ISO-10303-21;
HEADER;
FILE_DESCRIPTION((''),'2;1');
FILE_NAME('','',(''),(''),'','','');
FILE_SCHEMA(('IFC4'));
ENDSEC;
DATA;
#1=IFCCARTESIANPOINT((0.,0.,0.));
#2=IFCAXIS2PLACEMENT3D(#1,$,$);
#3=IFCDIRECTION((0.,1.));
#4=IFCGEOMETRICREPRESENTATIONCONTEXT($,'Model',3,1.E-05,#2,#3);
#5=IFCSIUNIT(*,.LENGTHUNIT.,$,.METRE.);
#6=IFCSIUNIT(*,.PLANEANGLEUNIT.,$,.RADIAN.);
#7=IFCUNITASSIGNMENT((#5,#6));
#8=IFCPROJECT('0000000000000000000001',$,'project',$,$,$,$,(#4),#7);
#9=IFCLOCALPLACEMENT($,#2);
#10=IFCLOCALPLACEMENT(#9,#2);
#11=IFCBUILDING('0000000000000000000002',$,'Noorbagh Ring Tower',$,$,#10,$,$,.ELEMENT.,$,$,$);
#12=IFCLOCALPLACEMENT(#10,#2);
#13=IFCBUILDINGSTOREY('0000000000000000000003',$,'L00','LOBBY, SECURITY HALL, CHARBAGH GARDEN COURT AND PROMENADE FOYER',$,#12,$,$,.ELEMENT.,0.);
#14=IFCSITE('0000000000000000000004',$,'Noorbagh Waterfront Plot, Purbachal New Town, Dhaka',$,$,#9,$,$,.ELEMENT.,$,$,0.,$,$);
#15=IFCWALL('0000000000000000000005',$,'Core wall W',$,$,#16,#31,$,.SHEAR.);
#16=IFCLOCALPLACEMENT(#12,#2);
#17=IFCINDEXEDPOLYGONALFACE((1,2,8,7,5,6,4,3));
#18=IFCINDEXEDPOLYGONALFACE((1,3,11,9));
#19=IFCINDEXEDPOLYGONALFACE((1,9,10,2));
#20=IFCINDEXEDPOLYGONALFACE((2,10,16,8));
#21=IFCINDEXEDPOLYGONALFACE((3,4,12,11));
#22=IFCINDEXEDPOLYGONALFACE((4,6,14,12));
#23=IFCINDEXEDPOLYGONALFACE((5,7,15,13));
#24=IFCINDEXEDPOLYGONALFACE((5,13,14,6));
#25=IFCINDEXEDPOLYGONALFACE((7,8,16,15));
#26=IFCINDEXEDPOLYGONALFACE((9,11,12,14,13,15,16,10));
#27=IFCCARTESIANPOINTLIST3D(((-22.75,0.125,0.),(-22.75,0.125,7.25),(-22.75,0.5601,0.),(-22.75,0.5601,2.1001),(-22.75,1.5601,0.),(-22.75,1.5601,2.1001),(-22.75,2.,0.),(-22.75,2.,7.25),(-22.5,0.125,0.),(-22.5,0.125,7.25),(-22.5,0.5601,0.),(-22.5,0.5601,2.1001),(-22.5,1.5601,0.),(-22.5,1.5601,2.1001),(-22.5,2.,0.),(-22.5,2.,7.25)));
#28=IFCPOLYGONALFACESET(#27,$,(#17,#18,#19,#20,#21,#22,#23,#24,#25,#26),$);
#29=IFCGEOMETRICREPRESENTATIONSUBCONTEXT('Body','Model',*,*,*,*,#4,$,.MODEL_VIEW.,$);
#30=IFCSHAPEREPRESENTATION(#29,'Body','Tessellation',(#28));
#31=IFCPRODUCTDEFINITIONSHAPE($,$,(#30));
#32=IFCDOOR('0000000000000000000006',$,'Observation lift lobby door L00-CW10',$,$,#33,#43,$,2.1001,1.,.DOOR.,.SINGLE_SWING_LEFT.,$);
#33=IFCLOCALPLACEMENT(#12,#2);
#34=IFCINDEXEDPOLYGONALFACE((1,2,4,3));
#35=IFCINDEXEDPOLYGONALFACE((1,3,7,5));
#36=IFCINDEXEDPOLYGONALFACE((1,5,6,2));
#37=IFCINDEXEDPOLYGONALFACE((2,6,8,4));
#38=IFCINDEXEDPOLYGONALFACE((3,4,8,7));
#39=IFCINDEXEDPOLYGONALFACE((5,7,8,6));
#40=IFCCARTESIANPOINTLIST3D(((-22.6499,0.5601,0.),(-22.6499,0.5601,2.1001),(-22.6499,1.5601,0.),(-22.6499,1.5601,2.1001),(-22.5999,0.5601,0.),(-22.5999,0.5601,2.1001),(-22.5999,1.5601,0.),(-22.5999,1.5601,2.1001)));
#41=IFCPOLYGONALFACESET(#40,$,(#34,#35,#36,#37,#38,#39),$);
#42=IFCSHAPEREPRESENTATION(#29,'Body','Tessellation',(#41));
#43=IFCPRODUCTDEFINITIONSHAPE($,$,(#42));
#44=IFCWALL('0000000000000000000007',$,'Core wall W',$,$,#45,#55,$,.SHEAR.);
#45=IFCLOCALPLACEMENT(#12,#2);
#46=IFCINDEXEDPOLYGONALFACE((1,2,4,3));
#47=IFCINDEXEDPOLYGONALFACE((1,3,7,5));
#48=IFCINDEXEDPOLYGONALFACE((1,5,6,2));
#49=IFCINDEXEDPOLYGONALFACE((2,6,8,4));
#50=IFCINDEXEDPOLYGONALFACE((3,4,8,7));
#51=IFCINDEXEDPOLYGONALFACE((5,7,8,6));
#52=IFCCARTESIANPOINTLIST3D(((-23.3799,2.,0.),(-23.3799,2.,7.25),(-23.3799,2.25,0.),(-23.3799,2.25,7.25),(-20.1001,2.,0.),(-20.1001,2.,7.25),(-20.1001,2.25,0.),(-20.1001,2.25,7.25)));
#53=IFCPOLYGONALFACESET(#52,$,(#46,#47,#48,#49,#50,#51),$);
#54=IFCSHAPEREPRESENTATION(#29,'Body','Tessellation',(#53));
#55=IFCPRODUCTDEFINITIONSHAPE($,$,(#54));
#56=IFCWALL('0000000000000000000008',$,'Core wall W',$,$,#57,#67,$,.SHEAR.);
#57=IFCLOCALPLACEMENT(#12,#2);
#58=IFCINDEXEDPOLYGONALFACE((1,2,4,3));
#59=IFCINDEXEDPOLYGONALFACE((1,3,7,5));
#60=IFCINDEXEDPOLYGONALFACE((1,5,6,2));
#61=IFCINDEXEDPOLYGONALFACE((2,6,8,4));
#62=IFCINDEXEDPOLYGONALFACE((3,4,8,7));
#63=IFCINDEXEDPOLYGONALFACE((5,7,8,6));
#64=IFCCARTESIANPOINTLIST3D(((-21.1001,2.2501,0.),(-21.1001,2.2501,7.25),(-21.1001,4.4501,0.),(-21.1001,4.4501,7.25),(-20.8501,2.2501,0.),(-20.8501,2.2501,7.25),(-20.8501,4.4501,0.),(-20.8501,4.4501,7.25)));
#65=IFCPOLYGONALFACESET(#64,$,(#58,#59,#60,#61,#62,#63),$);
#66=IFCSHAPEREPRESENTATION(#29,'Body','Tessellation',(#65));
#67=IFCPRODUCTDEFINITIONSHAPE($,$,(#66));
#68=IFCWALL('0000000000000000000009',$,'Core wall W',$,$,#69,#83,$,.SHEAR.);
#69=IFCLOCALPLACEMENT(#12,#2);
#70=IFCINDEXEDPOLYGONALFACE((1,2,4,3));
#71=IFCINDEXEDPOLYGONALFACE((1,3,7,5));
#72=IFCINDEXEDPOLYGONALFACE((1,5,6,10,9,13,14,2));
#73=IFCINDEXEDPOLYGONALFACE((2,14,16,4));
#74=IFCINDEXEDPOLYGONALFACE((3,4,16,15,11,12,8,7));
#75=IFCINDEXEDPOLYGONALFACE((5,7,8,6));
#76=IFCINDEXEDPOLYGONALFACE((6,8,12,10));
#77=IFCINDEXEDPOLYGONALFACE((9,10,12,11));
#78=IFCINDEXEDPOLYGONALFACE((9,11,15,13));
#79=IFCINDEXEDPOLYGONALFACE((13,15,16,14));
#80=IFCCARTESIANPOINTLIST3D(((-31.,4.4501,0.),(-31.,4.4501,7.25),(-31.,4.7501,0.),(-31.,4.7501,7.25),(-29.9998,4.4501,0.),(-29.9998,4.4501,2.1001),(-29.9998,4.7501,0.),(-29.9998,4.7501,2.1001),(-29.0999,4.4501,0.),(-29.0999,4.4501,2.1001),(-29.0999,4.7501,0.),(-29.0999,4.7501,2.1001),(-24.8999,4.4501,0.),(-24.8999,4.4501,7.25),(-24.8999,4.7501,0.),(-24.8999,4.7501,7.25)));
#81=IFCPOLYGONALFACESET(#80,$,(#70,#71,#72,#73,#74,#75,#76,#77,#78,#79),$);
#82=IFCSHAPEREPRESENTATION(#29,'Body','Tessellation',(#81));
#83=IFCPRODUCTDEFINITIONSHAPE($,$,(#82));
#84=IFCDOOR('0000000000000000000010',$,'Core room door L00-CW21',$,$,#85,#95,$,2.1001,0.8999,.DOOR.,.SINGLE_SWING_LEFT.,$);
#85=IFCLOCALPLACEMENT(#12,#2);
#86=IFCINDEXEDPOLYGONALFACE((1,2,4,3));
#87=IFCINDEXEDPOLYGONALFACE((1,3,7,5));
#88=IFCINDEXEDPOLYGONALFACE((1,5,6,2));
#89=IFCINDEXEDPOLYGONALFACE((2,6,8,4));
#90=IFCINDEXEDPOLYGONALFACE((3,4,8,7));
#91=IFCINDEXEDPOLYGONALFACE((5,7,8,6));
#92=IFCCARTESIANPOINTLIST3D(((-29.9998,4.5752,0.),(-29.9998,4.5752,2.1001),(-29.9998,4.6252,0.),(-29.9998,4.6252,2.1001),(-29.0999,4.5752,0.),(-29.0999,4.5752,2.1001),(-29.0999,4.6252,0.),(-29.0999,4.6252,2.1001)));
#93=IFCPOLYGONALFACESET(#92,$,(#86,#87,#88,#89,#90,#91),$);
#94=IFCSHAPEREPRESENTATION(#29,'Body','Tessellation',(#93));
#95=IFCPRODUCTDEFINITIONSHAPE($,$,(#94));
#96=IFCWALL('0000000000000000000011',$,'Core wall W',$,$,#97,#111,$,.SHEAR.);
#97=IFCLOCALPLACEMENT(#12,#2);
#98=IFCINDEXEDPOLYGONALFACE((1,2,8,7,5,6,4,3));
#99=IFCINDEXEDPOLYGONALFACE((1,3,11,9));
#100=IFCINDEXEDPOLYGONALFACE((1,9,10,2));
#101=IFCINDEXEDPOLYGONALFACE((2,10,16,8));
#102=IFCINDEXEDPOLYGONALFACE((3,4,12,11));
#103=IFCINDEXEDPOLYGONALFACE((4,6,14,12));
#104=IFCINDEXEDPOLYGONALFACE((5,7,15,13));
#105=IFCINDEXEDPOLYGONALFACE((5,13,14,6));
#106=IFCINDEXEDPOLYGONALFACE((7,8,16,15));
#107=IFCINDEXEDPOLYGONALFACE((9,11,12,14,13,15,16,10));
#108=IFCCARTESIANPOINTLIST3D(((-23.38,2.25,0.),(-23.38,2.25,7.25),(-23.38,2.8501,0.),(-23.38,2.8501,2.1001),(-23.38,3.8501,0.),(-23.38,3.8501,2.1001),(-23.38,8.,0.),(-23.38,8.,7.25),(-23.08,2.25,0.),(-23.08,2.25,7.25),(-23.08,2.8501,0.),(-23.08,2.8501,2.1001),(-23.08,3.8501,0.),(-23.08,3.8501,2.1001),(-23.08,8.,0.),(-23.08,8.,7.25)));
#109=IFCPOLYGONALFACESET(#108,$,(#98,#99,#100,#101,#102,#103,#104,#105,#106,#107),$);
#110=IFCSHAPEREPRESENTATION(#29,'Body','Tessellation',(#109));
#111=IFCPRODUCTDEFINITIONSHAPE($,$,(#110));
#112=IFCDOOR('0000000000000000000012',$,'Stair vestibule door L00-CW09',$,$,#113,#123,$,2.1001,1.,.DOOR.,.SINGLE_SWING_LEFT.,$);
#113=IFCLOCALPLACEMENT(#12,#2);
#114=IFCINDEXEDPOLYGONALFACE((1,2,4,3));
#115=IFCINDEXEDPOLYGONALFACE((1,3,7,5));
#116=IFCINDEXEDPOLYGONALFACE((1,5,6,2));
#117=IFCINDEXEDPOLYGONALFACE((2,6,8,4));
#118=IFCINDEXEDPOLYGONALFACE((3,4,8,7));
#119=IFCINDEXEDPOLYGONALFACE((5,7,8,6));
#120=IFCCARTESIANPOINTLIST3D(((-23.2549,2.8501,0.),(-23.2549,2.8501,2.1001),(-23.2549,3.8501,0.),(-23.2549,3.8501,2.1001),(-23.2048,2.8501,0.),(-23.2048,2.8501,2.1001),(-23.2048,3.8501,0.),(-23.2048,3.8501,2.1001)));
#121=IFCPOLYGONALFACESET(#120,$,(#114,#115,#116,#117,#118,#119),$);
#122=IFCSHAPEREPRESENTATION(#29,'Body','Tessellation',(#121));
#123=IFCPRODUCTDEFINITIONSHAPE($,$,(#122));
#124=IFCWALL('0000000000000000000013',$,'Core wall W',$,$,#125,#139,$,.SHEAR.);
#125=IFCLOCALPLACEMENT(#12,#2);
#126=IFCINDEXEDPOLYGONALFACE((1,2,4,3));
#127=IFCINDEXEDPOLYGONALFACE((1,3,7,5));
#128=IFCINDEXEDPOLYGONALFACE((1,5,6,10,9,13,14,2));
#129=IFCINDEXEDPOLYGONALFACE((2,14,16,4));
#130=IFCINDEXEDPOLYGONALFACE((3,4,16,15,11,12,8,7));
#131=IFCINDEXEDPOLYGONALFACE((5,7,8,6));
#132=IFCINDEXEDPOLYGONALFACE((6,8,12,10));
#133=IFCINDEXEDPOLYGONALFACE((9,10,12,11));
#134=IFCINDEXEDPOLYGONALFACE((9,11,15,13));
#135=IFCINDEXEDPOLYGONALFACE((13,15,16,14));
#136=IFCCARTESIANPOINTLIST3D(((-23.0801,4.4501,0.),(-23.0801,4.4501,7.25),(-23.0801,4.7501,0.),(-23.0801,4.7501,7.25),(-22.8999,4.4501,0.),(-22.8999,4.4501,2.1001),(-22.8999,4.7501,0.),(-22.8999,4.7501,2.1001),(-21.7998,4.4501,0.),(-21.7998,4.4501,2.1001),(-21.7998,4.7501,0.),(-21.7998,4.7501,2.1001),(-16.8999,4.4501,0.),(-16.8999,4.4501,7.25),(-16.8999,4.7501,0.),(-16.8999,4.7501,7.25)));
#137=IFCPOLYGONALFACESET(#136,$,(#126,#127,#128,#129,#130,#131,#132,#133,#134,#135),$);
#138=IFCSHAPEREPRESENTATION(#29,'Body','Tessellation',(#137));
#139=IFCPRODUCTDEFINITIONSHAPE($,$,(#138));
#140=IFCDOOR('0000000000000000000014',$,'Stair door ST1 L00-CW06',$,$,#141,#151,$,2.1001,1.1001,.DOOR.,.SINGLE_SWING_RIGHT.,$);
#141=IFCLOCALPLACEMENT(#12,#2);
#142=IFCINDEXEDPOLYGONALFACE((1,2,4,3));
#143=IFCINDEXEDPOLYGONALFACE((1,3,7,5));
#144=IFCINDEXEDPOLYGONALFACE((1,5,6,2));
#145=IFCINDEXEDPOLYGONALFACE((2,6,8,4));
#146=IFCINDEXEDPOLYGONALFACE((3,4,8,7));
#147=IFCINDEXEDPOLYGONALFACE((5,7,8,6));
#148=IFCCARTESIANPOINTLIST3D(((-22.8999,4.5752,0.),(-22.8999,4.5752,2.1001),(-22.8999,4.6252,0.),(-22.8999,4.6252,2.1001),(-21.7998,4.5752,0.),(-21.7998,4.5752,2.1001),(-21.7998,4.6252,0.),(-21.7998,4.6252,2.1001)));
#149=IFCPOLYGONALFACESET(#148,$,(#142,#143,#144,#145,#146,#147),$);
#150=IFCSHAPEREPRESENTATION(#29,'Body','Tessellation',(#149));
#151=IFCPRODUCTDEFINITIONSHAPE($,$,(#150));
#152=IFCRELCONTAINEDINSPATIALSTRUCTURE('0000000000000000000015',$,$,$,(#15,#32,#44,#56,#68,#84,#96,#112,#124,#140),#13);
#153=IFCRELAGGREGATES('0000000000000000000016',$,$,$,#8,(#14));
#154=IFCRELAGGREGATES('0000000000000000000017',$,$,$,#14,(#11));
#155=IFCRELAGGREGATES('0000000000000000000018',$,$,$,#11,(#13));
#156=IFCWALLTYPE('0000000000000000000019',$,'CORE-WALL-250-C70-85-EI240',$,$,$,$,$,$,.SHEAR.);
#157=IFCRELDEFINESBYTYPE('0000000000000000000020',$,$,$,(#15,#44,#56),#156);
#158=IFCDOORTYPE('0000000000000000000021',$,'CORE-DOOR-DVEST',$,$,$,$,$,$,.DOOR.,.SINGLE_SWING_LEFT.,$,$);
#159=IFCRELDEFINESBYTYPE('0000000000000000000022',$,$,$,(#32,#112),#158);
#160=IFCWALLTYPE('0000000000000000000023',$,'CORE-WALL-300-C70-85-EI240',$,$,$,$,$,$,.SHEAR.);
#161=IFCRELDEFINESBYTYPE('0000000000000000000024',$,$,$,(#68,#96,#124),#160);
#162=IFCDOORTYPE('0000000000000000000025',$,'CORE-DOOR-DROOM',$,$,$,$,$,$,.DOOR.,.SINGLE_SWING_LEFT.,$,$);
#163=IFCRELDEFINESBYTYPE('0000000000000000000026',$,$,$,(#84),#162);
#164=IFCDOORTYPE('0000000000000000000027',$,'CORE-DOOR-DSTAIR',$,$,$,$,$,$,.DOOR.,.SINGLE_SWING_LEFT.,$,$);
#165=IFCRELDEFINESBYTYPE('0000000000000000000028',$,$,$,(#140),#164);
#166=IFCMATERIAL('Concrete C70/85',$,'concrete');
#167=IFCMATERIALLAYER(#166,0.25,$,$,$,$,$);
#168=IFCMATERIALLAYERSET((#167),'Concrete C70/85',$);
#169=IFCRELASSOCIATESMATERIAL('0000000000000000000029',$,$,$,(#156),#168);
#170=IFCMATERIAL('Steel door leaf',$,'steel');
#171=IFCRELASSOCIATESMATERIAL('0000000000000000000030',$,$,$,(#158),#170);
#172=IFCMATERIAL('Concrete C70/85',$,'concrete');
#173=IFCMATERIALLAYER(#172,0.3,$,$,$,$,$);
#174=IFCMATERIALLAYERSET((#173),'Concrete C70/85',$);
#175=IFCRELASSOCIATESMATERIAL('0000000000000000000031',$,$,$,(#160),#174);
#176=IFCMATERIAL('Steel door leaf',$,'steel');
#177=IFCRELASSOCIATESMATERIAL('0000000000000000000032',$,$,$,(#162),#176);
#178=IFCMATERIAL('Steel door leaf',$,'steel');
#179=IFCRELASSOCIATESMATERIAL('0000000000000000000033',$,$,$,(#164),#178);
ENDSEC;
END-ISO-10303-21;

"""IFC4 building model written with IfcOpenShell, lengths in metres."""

from ifc_helpers import new_model, si_unit, direction, frame, frame_2d, origin, place, context, subcontext, project, spatial, rectangle, extrude, material, layer, layer_set, type_object, element, fill, save


model = new_model("IFC4")

# Units and contexts
model_context = context("Model", 3, precision=1e-05, world=origin(), true_north=direction((0.0, 1.0)))
body_context = subcontext(model_context, "Body", "Model", "MODEL_VIEW")
ifc_project = project(units=[si_unit("LENGTHUNIT", "METRE"), si_unit("PLANEANGLEUNIT", "RADIAN")], contexts=[model_context])

# Site, building, storey
site_placement = place(None, origin())
site = spatial("IfcSite", under=ifc_project, at=site_placement, Name="Noorbagh Waterfront Plot, Purbachal New Town, Dhaka", CompositionType="ELEMENT", RefElevation=0.0)
building_placement = place(site_placement, origin())
building = spatial("IfcBuilding", under=site, at=building_placement, Name="Noorbagh Ring Tower", CompositionType="ELEMENT")
storey_placement = place(building_placement, origin())
storey = spatial("IfcBuildingStorey", under=building, at=storey_placement, Name="L00", Description="LOBBY, SECURITY HALL, CHARBAGH GARDEN COURT AND PROMENADE FOYER", CompositionType="ELEMENT", Elevation=0.0)

# Shared definitions
ifc_material_1 = material(Name="Concrete C70/85", Category="concrete")
ifc_layer_1 = layer(ifc_material_1, 0.25)
ifc_layer_set_1 = layer_set([ifc_layer_1], Name="Concrete C70/85")
wall_type_1 = type_object("IfcWallType", Name="CORE-WALL-250-C70-85-EI240", PredefinedType="SHEAR", material=ifc_layer_set_1)

# Wall, opening, door
wall_1_placement = place(storey_placement, frame((-22.625, 0.125, 0.0), z_axis=(0.0, 0.0, 1.0), x_axis=(0.0, 1.0, 0.0)))
wall_1 = element("IfcWall", 1, at=wall_1_placement, inside=storey, type_object=wall_type_1, Name="Core wall W", PredefinedType="SHEAR", context=body_context, shape_type="SweptSolid", body=[
    extrude(rectangle(XDim=1.875, YDim=0.25, at=frame_2d((0.9375, 0.0))), origin(), (0.0, 0.0, 1.0), 7.25),
])
opening_1_placement = place(wall_1_placement, frame((0.4351, 0.0, 0.0)))
opening_1 = element("IfcOpeningElement", 2, at=opening_1_placement, cuts=wall_1, PredefinedType="OPENING", context=body_context, shape_type="SweptSolid", body=[
    extrude(rectangle(XDim=1.0, YDim=2.1001, at=frame_2d((0.5, 1.05))), frame((0.0, 0.135, 0.0), z_axis=(0.0, -1.0, 0.0), x_axis=(1.0, 0.0, 0.0)), (0.0, 0.0, 1.0), 0.27),
])
ifc_material_2 = material(Name="Steel door leaf", Category="steel")
door_type_1 = type_object("IfcDoorType", Name="CORE-DOOR-DVEST", OperationType="SINGLE_SWING_LEFT", PredefinedType="DOOR", material=ifc_material_2)
door_1_placement = place(opening_1_placement, origin())
door_1 = element("IfcDoor", 3, at=door_1_placement, inside=storey, type_object=door_type_1, Name="Observation lift lobby door L00-CW10", OperationType="SINGLE_SWING_LEFT", OverallHeight=2.1001, OverallWidth=1.0, PredefinedType="DOOR", context=body_context, shape_type="SweptSolid", body=[
    extrude(rectangle(XDim=1.0, YDim=2.1001, at=frame_2d((0.5, 1.05))), frame((0.0, 0.0249, 0.0), z_axis=(0.0, -1.0, 0.0), x_axis=(1.0, 0.0, 0.0)), (0.0, 0.0, 1.0), 0.05),
])
fill(opening_1, door_1)

# Walls
wall_2_placement = place(storey_placement, frame((-20.1001, 2.125, 0.0), z_axis=(0.0, 0.0, 1.0), x_axis=(-1.0, 0.0, 0.0)))
element("IfcWall", 4, at=wall_2_placement, inside=storey, type_object=wall_type_1, Name="Core wall W", PredefinedType="SHEAR", context=body_context, shape_type="SweptSolid", body=[
    extrude(rectangle(XDim=3.2798, YDim=0.25, at=frame_2d((1.6399, 0.0))), origin(), (0.0, 0.0, 1.0), 7.25),
])
wall_3_placement = place(storey_placement, frame((-20.9751, 2.25, 0.0), z_axis=(0.0, 0.0, 1.0), x_axis=(0.0, 1.0, 0.0)))
element("IfcWall", 5, at=wall_3_placement, inside=storey, type_object=wall_type_1, Name="Core wall W", PredefinedType="SHEAR", context=body_context, shape_type="SweptSolid", body=[
    extrude(rectangle(XDim=2.2, YDim=0.25, at=frame_2d((1.1001, 0.0))), origin(), (0.0, 0.0, 1.0), 7.25),
])

# Walls, openings, doors
ifc_material_3 = material(Name="Concrete C70/85", Category="concrete")
ifc_layer_2 = layer(ifc_material_3, 0.3)
ifc_layer_set_2 = layer_set([ifc_layer_2], Name="Concrete C70/85")
wall_type_2 = type_object("IfcWallType", Name="CORE-WALL-300-C70-85-EI240", PredefinedType="SHEAR", material=ifc_layer_set_2)
wall_4_placement = place(storey_placement, frame((-24.8999, 4.6001, 0.0), z_axis=(0.0, 0.0, 1.0), x_axis=(-1.0, 0.0, 0.0)))
wall_4 = element("IfcWall", 6, at=wall_4_placement, inside=storey, type_object=wall_type_2, Name="Core wall W", PredefinedType="SHEAR", context=body_context, shape_type="SweptSolid", body=[
    extrude(rectangle(XDim=6.1001, YDim=0.3, at=frame_2d((3.05, 0.0))), origin(), (0.0, 0.0, 1.0), 7.25),
])
opening_2_placement = place(wall_4_placement, frame((4.2, 0.0, 0.0)))
opening_2 = element("IfcOpeningElement", 7, at=opening_2_placement, cuts=wall_4, PredefinedType="OPENING", context=body_context, shape_type="SweptSolid", body=[
    extrude(rectangle(XDim=0.8999, YDim=2.1001, at=frame_2d((0.45, 1.05))), frame((0.0, 0.1602, 0.0), z_axis=(0.0, -1.0, 0.0), x_axis=(1.0, 0.0, 0.0)), (0.0, 0.0, 1.0), 0.3201),
])
ifc_material_4 = material(Name="Steel door leaf", Category="steel")
door_type_2 = type_object("IfcDoorType", Name="CORE-DOOR-DROOM", OperationType="SINGLE_SWING_LEFT", PredefinedType="DOOR", material=ifc_material_4)
door_2_placement = place(opening_2_placement, origin())
door_2 = element("IfcDoor", 8, at=door_2_placement, inside=storey, type_object=door_type_2, Name="Core room door L00-CW21", OperationType="SINGLE_SWING_LEFT", OverallHeight=2.1001, OverallWidth=0.8999, PredefinedType="DOOR", context=body_context, shape_type="SweptSolid", body=[
    extrude(rectangle(XDim=0.8999, YDim=2.1001, at=frame_2d((0.45, 1.05))), frame((0.0, 0.0249, 0.0), z_axis=(0.0, -1.0, 0.0), x_axis=(1.0, 0.0, 0.0)), (0.0, 0.0, 1.0), 0.05),
])
fill(opening_2, door_2)
wall_5_placement = place(storey_placement, frame((-23.23, 2.25, 0.0), z_axis=(0.0, 0.0, 1.0), x_axis=(0.0, 1.0, 0.0)))
wall_5 = element("IfcWall", 9, at=wall_5_placement, inside=storey, type_object=wall_type_2, Name="Core wall W", PredefinedType="SHEAR", context=body_context, shape_type="SweptSolid", body=[
    extrude(rectangle(XDim=5.75, YDim=0.3, at=frame_2d((2.875, 0.0))), origin(), (0.0, 0.0, 1.0), 7.25),
])
opening_3_placement = place(wall_5_placement, frame((0.6001, 0.0, 0.0)))
opening_3 = element("IfcOpeningElement", 10, at=opening_3_placement, cuts=wall_5, PredefinedType="OPENING", context=body_context, shape_type="SweptSolid", body=[
    extrude(rectangle(XDim=1.0, YDim=2.1001, at=frame_2d((0.5, 1.05))), frame((0.0, 0.1602, 0.0), z_axis=(0.0, -1.0, 0.0), x_axis=(1.0, 0.0, 0.0)), (0.0, 0.0, 1.0), 0.3201),
])
door_3_placement = place(opening_3_placement, origin())
door_3 = element("IfcDoor", 11, at=door_3_placement, inside=storey, type_object=door_type_1, Name="Stair vestibule door L00-CW09", OperationType="SINGLE_SWING_LEFT", OverallHeight=2.1001, OverallWidth=1.0, PredefinedType="DOOR", context=body_context, shape_type="SweptSolid", body=[
    extrude(rectangle(XDim=1.0, YDim=2.1001, at=frame_2d((0.5, 1.05))), frame((0.0, 0.0249, 0.0), z_axis=(0.0, -1.0, 0.0), x_axis=(1.0, 0.0, 0.0)), (0.0, 0.0, 1.0), 0.05),
])
fill(opening_3, door_3)
wall_6_placement = place(storey_placement, frame((-16.8999, 4.6001, 0.0), z_axis=(0.0, 0.0, 1.0), x_axis=(-1.0, 0.0, 0.0)))
wall_6 = element("IfcWall", 12, at=wall_6_placement, inside=storey, type_object=wall_type_2, Name="Core wall W", PredefinedType="SHEAR", context=body_context, shape_type="SweptSolid", body=[
    extrude(rectangle(XDim=6.1802, YDim=0.3, at=frame_2d((3.0901, 0.0))), origin(), (0.0, 0.0, 1.0), 7.25),
])
opening_4_placement = place(wall_6_placement, frame((4.8999, 0.0, 0.0)))
opening_4 = element("IfcOpeningElement", 13, at=opening_4_placement, cuts=wall_6, PredefinedType="OPENING", context=body_context, shape_type="SweptSolid", body=[
    extrude(rectangle(XDim=1.1001, YDim=2.1001, at=frame_2d((0.55, 1.05))), frame((0.0, 0.1602, 0.0), z_axis=(0.0, -1.0, 0.0), x_axis=(1.0, 0.0, 0.0)), (0.0, 0.0, 1.0), 0.3201),
])
ifc_material_5 = material(Name="Steel door leaf", Category="steel")
door_type_3 = type_object("IfcDoorType", Name="CORE-DOOR-DSTAIR", OperationType="SINGLE_SWING_LEFT", PredefinedType="DOOR", material=ifc_material_5)
door_4_placement = place(opening_4_placement, origin())
door_4 = element("IfcDoor", 14, at=door_4_placement, inside=storey, type_object=door_type_3, Name="Stair door ST1 L00-CW06", OperationType="SINGLE_SWING_RIGHT", OverallHeight=2.1001, OverallWidth=1.1001, PredefinedType="DOOR", context=body_context, shape_type="SweptSolid", body=[
    extrude(rectangle(XDim=1.1001, YDim=2.1001, at=frame_2d((0.55, 1.05))), frame((0.0, 0.0249, 0.0), z_axis=(0.0, -1.0, 0.0), x_axis=(1.0, 0.0, 0.0)), (0.0, 0.0, 1.0), 0.05),
])
fill(opening_4, door_4)

save(model, "model.ifc")
